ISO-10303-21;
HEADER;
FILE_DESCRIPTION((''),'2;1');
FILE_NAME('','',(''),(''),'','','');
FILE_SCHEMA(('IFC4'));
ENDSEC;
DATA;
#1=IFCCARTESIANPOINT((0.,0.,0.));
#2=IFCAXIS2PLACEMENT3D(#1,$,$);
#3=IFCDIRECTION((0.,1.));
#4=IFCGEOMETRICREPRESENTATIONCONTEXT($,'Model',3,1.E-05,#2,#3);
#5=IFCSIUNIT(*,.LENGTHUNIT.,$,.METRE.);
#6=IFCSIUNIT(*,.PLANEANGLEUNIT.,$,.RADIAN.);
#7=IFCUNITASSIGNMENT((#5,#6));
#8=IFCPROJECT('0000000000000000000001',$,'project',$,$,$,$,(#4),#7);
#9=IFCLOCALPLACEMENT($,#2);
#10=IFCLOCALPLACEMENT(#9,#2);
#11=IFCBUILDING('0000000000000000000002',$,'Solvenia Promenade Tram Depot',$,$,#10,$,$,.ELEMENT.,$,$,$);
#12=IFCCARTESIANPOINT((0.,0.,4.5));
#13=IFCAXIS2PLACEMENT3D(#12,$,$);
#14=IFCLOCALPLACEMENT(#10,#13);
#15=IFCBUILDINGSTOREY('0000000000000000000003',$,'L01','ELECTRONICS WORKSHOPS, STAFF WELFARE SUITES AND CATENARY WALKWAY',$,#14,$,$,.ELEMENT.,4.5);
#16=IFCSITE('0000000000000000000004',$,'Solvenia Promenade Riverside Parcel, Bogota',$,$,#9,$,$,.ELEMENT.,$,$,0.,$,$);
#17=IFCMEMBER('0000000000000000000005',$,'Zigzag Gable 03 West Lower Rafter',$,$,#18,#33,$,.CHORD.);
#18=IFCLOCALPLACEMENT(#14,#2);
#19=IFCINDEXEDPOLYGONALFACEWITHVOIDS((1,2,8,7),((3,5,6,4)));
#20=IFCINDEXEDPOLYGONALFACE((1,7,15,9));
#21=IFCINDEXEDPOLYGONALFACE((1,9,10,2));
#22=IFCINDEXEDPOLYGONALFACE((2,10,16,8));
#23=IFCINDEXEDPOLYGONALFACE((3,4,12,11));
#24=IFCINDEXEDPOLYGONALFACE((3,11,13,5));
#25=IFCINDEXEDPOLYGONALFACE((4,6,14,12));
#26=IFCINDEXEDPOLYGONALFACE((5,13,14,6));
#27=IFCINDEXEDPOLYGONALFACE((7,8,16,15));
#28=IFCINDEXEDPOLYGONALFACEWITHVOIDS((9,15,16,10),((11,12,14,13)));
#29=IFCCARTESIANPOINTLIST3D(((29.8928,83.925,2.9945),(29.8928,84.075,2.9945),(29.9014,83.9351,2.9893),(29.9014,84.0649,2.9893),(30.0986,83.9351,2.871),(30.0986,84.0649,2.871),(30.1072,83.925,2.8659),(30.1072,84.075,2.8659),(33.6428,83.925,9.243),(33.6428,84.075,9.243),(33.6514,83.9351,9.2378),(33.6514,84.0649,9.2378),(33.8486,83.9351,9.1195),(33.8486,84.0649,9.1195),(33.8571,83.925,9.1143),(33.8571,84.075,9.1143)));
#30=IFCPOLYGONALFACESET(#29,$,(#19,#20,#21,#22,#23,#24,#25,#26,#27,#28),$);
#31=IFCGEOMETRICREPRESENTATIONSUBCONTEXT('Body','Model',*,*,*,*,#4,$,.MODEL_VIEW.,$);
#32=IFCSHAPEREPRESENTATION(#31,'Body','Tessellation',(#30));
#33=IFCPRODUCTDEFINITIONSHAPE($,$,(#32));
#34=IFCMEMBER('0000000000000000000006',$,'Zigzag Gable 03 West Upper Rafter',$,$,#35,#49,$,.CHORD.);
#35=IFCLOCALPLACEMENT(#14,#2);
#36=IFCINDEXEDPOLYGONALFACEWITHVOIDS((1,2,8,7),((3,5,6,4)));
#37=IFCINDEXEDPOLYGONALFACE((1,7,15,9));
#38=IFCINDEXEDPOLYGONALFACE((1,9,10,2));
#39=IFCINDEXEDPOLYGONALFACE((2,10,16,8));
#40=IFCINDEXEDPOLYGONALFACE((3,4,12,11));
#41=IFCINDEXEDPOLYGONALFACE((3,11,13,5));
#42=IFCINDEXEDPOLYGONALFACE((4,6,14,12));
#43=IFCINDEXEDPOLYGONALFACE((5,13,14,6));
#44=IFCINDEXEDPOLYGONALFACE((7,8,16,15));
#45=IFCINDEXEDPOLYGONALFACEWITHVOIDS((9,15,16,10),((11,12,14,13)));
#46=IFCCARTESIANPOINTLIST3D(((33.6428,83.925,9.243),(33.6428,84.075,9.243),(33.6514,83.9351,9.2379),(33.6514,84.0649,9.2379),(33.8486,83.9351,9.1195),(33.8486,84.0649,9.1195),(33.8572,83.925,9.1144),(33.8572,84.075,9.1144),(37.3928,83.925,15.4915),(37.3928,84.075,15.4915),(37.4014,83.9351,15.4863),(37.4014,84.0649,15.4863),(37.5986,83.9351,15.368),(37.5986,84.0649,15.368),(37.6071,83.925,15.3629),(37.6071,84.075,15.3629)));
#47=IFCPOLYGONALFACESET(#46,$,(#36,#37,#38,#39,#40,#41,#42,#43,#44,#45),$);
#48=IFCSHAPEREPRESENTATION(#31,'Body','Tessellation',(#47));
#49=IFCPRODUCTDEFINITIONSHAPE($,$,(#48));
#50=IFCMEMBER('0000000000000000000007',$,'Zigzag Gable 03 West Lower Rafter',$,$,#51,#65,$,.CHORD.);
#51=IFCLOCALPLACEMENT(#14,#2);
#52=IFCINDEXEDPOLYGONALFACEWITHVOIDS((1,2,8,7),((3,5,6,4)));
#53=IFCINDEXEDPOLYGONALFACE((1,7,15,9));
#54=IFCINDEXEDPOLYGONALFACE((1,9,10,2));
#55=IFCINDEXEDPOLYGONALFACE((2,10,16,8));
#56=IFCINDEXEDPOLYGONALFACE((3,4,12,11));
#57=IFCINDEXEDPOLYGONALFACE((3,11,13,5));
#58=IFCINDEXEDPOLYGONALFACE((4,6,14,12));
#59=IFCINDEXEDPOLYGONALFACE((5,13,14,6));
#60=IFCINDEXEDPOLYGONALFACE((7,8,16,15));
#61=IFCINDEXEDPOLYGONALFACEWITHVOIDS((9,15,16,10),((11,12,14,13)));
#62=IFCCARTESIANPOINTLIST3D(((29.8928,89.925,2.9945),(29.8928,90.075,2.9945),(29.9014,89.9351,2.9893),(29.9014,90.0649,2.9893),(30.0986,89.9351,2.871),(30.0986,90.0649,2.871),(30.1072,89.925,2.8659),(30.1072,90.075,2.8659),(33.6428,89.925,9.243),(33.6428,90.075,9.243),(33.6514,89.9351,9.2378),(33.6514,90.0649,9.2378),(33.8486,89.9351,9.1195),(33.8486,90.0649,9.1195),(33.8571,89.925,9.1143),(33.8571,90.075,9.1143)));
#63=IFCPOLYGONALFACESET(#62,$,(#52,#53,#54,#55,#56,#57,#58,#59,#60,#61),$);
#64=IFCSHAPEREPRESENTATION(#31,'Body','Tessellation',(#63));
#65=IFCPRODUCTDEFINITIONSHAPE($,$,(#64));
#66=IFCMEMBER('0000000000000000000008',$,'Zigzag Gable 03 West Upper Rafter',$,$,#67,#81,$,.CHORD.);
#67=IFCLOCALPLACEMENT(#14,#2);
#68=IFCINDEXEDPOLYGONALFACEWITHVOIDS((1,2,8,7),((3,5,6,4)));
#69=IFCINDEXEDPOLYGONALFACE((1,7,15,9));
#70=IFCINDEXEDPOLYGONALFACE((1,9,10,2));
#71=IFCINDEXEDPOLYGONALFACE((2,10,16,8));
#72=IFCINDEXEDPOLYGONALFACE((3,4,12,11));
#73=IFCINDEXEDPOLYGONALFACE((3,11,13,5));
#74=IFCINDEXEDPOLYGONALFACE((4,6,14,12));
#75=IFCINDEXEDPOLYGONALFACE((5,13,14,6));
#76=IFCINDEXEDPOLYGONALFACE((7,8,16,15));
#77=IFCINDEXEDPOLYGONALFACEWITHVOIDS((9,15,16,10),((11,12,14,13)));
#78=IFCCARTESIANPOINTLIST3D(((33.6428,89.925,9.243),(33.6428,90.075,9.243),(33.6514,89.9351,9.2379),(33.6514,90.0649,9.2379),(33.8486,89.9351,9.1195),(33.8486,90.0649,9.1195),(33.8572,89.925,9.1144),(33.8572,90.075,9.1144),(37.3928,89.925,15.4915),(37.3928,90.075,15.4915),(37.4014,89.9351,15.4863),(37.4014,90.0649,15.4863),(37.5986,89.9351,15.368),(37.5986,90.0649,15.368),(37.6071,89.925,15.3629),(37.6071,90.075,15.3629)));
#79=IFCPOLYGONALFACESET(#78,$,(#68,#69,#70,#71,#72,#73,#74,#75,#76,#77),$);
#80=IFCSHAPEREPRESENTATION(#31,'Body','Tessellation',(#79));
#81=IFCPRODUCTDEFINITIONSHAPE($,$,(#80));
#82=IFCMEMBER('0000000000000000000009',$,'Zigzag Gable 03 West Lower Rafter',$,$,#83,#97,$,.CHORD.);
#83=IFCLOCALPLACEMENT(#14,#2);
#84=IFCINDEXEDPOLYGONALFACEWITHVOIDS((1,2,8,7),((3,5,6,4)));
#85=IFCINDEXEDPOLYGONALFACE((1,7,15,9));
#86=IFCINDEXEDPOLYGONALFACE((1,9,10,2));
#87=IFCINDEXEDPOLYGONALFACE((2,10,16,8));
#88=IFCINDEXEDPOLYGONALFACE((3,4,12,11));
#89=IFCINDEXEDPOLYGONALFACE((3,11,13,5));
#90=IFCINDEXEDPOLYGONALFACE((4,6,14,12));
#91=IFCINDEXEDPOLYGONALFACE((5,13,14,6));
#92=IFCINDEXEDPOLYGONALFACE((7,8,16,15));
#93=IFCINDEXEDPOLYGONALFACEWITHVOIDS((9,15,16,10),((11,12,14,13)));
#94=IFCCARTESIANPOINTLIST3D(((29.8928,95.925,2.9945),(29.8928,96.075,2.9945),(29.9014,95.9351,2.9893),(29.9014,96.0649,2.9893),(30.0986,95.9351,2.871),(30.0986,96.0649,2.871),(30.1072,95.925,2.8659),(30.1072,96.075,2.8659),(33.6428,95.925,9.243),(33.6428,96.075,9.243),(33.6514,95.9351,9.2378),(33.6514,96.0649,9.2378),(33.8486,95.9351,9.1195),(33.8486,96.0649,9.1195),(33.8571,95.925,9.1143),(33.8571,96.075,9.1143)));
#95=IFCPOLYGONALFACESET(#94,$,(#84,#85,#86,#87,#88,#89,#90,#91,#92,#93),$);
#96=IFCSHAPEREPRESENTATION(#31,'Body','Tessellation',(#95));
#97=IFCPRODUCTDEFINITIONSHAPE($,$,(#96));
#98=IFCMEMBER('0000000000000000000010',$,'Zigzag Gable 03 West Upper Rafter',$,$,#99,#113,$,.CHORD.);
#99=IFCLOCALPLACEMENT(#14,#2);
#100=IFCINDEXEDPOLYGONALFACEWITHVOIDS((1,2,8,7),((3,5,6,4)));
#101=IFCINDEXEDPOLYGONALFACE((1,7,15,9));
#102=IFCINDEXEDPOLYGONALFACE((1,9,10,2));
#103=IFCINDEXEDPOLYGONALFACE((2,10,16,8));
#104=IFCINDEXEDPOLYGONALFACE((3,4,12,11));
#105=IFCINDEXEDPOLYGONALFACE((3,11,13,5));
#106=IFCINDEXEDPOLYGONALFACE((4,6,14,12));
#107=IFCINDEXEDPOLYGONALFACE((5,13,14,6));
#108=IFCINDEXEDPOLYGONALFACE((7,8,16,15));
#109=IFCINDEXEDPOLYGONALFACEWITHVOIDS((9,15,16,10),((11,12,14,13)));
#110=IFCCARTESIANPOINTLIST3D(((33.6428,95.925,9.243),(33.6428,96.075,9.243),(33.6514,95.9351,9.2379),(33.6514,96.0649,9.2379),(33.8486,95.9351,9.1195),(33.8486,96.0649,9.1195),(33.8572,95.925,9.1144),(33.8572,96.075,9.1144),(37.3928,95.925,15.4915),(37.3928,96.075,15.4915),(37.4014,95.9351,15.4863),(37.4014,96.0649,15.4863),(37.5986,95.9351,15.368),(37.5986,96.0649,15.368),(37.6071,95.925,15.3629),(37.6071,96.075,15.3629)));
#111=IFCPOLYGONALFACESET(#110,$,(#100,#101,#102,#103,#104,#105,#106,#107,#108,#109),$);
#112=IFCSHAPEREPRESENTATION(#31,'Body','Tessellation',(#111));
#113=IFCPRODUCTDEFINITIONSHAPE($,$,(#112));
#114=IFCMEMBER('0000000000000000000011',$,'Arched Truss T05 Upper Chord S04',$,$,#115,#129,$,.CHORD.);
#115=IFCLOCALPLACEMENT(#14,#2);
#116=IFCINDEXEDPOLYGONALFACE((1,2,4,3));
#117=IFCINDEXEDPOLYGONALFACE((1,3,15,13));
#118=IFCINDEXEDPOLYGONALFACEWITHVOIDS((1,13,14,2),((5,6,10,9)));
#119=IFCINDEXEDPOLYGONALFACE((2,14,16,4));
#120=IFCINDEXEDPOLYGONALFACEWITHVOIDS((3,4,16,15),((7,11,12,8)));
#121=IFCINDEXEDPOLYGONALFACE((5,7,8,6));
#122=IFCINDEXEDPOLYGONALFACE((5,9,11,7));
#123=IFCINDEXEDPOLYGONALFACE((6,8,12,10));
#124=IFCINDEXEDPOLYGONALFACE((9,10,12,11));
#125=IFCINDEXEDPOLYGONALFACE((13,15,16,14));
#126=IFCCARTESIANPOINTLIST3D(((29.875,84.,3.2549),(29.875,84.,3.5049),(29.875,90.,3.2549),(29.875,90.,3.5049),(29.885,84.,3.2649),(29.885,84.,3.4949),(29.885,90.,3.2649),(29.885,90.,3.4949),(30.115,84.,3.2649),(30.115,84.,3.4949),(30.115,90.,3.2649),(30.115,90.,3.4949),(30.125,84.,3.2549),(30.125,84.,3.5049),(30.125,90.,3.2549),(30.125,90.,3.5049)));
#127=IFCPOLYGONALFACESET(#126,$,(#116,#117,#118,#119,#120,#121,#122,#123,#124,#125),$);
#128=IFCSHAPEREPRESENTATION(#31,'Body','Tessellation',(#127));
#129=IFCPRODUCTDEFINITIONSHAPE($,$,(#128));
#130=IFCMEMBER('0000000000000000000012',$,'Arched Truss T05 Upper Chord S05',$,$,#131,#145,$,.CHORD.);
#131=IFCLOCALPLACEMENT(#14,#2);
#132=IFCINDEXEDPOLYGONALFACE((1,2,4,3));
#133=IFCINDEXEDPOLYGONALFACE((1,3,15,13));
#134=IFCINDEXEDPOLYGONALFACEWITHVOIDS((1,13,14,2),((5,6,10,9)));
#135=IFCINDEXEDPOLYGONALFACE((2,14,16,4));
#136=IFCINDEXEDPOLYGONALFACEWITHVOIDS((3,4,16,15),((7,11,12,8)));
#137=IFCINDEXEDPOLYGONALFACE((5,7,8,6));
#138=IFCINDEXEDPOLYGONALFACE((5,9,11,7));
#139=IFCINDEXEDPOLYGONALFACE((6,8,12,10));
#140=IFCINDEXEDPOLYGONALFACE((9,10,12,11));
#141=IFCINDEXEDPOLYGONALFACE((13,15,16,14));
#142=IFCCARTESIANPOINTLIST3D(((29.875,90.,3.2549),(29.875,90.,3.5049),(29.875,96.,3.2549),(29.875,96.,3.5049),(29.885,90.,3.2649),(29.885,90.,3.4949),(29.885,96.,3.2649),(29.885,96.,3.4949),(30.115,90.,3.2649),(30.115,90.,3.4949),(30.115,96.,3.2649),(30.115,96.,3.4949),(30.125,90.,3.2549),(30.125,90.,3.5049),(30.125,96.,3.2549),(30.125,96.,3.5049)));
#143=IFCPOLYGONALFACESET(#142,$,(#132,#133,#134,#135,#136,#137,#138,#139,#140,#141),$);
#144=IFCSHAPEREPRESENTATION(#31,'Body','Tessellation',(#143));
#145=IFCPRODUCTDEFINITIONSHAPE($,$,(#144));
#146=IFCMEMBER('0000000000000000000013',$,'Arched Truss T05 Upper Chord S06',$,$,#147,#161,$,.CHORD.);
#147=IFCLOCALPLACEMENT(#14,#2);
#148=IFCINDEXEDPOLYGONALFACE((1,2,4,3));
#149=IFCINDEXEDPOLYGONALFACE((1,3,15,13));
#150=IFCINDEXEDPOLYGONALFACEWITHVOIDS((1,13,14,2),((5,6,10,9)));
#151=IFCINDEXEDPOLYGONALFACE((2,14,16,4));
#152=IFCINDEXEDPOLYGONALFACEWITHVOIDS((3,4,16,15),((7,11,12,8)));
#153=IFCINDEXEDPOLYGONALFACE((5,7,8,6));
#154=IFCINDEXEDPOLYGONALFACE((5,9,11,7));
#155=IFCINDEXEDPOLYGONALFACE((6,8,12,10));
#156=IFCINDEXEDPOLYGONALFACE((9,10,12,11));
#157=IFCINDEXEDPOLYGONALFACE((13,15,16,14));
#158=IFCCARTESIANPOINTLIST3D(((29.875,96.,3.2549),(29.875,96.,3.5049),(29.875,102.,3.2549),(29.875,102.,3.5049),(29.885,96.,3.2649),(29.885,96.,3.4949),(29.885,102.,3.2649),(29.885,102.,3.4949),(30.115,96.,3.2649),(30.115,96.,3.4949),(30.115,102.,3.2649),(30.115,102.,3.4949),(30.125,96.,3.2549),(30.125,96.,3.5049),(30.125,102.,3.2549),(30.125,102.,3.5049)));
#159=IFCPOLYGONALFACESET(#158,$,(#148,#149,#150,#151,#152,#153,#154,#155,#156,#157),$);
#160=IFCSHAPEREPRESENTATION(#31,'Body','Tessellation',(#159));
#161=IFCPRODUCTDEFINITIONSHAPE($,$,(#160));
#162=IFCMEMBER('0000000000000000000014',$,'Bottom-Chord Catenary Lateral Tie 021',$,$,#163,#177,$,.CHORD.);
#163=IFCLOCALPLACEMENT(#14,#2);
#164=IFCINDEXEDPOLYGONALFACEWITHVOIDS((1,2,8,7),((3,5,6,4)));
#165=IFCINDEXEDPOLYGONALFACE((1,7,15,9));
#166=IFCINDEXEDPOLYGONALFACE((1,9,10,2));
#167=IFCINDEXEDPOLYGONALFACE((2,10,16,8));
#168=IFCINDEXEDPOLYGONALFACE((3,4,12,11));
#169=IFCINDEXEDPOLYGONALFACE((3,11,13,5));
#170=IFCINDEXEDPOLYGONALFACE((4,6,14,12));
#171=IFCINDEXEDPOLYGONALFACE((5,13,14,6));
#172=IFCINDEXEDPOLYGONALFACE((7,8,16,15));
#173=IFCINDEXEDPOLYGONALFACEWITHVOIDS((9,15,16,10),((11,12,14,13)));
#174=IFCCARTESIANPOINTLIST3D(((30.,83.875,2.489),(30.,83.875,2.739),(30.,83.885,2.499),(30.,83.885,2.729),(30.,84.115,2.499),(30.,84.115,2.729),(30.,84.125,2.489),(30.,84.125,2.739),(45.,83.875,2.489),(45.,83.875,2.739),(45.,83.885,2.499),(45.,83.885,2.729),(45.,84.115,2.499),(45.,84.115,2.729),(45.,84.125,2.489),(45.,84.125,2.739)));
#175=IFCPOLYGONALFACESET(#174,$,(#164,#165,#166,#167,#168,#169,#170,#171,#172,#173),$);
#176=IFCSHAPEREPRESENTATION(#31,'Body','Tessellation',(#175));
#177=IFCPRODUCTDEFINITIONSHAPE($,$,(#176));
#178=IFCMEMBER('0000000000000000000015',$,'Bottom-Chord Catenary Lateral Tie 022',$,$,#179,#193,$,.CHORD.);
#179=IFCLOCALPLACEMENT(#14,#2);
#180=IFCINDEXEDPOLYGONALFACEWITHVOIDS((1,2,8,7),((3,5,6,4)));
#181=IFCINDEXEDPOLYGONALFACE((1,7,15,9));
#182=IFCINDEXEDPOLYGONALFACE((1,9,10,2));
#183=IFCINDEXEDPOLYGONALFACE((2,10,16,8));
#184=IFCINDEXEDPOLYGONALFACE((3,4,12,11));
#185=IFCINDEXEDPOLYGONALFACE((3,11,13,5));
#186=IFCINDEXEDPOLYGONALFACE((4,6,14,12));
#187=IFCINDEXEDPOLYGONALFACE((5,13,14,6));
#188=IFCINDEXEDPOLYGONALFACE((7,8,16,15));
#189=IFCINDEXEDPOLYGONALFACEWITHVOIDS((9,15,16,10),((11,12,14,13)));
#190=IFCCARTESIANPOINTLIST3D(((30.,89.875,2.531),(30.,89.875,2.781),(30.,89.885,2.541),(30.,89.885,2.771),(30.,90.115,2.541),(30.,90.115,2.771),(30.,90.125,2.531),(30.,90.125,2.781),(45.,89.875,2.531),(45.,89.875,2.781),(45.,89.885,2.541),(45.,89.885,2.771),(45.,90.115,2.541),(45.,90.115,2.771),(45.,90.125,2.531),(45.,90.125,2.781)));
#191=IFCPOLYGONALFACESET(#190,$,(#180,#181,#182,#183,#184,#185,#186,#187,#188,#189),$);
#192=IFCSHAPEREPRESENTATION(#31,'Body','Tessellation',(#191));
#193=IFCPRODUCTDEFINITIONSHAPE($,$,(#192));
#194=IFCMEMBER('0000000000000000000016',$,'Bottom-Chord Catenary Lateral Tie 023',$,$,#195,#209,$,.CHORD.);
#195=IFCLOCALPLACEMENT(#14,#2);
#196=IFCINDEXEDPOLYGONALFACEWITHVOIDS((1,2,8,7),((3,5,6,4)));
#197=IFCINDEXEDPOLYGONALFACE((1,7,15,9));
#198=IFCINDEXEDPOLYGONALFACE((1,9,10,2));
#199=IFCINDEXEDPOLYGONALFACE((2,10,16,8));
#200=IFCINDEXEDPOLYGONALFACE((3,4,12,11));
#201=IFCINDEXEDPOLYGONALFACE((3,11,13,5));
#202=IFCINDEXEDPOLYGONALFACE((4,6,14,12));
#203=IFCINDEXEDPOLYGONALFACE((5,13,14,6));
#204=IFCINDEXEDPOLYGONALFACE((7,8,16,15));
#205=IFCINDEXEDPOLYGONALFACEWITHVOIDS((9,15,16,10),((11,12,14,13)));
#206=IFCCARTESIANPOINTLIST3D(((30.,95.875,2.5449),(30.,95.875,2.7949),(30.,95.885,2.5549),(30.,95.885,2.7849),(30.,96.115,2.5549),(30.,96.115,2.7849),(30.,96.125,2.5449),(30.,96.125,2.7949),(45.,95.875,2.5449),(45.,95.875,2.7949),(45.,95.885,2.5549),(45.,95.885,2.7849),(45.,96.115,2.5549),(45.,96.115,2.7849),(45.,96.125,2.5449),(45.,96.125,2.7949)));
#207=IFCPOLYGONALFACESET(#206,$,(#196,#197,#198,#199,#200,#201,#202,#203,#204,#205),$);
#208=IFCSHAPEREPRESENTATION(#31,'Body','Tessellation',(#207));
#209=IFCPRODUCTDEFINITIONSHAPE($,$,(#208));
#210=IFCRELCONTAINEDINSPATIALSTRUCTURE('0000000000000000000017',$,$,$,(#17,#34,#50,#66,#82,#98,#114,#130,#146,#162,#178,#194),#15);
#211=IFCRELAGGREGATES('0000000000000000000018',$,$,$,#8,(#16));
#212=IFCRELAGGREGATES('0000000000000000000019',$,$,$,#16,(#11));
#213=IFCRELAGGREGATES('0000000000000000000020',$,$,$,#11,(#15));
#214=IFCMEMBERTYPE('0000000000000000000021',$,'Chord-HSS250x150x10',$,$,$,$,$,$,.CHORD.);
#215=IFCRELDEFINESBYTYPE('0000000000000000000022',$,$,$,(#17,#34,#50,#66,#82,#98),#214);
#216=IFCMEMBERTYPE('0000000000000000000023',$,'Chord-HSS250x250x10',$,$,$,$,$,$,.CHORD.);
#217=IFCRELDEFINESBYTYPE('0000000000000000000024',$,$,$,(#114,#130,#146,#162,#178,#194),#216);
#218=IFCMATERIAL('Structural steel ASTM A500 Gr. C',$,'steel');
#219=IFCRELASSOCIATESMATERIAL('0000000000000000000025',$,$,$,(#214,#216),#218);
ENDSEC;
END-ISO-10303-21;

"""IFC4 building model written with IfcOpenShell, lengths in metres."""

from ifc_helpers import new_model, si_unit, direction, frame, origin, origin_2d, place, context, subcontext, project, spatial, hollow_rectangle, extrude, material, material_profile, profile_set, type_object, element, save


model = new_model("IFC4")

# Units and contexts
model_context = context("Model", 3, precision=1e-05, world=origin(), true_north=direction((0.0, 1.0)))
body_context = subcontext(model_context, "Body", "Model", "MODEL_VIEW")
ifc_project = project(units=[si_unit("LENGTHUNIT", "METRE"), si_unit("PLANEANGLEUNIT", "RADIAN")], contexts=[model_context])

# Site, building, storey
site_placement = place(None, origin())
site = spatial("IfcSite", under=ifc_project, at=site_placement, Name="Solvenia Promenade Riverside Parcel, Bogota", CompositionType="ELEMENT", RefElevation=0.0)
building_placement = place(site_placement, origin())
building = spatial("IfcBuilding", under=site, at=building_placement, Name="Solvenia Promenade Tram Depot", CompositionType="ELEMENT")
storey_placement = place(building_placement, frame((0.0, 0.0, 4.5)))
storey = spatial("IfcBuildingStorey", under=building, at=storey_placement, Name="L01", Description="ELECTRONICS WORKSHOPS, STAFF WELFARE SUITES AND CATENARY WALKWAY", CompositionType="ELEMENT", Elevation=4.5)

# Members
ifc_material_1 = material(Name="Structural steel ASTM A500 Gr. C", Category="steel")
ifc_material_profile_1 = material_profile(ifc_material_1, hollow_rectangle(XDim=0.1499, YDim=0.25, WallThickness=0.01, at=origin_2d()), Name="HSS250x150x10", Category="steel")
ifc_profile_set_1 = profile_set([ifc_material_profile_1], Name="Structural steel ASTM A500 Gr. C")
member_type_1 = type_object("IfcMemberType", Name="Chord-HSS250x150x10", PredefinedType="CHORD", material=ifc_profile_set_1)
for number, where, z_axis, x_axis, name in (
    (1, (30.0, 84.0, 2.9302), (0.514584, 0.0, 0.85744), (0.0, 1.0, 0.0), "Zigzag Gable 03 West Lower Rafter"),
    (2, (33.75, 84.0, 9.1787), (0.514584, 0.0, 0.85744), (0.0, 1.0, 0.0), "Zigzag Gable 03 West Upper Rafter"),
    (3, (30.0, 90.0, 2.9302), (0.514584, 0.0, 0.85744), (0.0, 1.0, 0.0), "Zigzag Gable 03 West Lower Rafter"),
    (4, (33.75, 90.0, 9.1787), (0.514584, 0.0, 0.85744), (0.0, 1.0, 0.0), "Zigzag Gable 03 West Upper Rafter"),
    (5, (30.0, 96.0, 2.9302), (0.514584, 0.0, 0.85744), (0.0, 1.0, 0.0), "Zigzag Gable 03 West Lower Rafter"),
    (6, (33.75, 96.0, 9.1787), (0.514584, 0.0, 0.85744), (0.0, 1.0, 0.0), "Zigzag Gable 03 West Upper Rafter"),
):
    element("IfcMember", number, at=place(storey_placement, frame(where, z_axis=z_axis, x_axis=x_axis)), inside=storey, type_object=member_type_1, Name=name, PredefinedType="CHORD", context=body_context, shape_type="SweptSolid", body=[
        extrude(hollow_rectangle(XDim=0.1499, YDim=0.25, WallThickness=0.01, at=origin_2d()), origin(), (0.0, 0.0, 1.0), 7.2874),
    ])
ifc_material_profile_2 = material_profile(ifc_material_1, hollow_rectangle(XDim=0.25, YDim=0.25, WallThickness=0.01, at=origin_2d()), Name="HSS250x250x10", Category="steel")
ifc_profile_set_2 = profile_set([ifc_material_profile_2], Name="Structural steel ASTM A500 Gr. C")
member_type_2 = type_object("IfcMemberType", Name="Chord-HSS250x250x10", PredefinedType="CHORD", material=ifc_profile_set_2)
for number, where, z_axis, x_axis, name in (
    (7, (30.0, 84.0, 3.3799), (0.0, 1.0, 0.0), (-1.0, 0.0, 0.0), "Arched Truss T05 Upper Chord S04"),
    (8, (30.0, 90.0, 3.3799), (0.0, 1.0, 0.0), (-1.0, 0.0, 0.0), "Arched Truss T05 Upper Chord S05"),
    (9, (30.0, 96.0, 3.3799), (0.0, 1.0, 0.0), (-1.0, 0.0, 0.0), "Arched Truss T05 Upper Chord S06"),
):
    element("IfcMember", number, at=place(storey_placement, frame(where, z_axis=z_axis, x_axis=x_axis)), inside=storey, type_object=member_type_2, Name=name, PredefinedType="CHORD", context=body_context, shape_type="SweptSolid", body=[
        extrude(hollow_rectangle(XDim=0.25, YDim=0.25, WallThickness=0.01, at=origin_2d()), origin(), (0.0, 0.0, 1.0), 6.0),
    ])
for number, where, z_axis, x_axis, name in (
    (10, (30.0, 84.0, 2.614), (1.0, 0.0, 0.0), (0.0, 1.0, 0.0), "Bottom-Chord Catenary Lateral Tie 021"),
    (11, (30.0, 90.0, 2.656), (1.0, 0.0, 0.0), (0.0, 1.0, 0.0), "Bottom-Chord Catenary Lateral Tie 022"),
    (12, (30.0, 96.0, 2.6699), (1.0, 0.0, 0.0), (0.0, 1.0, 0.0), "Bottom-Chord Catenary Lateral Tie 023"),
):
    element("IfcMember", number, at=place(storey_placement, frame(where, z_axis=z_axis, x_axis=x_axis)), inside=storey, type_object=member_type_2, Name=name, PredefinedType="CHORD", context=body_context, shape_type="SweptSolid", body=[
        extrude(hollow_rectangle(XDim=0.25, YDim=0.25, WallThickness=0.01, at=origin_2d()), origin(), (0.0, 0.0, 1.0), 15.0),
    ])

save(model, "model.ifc")
